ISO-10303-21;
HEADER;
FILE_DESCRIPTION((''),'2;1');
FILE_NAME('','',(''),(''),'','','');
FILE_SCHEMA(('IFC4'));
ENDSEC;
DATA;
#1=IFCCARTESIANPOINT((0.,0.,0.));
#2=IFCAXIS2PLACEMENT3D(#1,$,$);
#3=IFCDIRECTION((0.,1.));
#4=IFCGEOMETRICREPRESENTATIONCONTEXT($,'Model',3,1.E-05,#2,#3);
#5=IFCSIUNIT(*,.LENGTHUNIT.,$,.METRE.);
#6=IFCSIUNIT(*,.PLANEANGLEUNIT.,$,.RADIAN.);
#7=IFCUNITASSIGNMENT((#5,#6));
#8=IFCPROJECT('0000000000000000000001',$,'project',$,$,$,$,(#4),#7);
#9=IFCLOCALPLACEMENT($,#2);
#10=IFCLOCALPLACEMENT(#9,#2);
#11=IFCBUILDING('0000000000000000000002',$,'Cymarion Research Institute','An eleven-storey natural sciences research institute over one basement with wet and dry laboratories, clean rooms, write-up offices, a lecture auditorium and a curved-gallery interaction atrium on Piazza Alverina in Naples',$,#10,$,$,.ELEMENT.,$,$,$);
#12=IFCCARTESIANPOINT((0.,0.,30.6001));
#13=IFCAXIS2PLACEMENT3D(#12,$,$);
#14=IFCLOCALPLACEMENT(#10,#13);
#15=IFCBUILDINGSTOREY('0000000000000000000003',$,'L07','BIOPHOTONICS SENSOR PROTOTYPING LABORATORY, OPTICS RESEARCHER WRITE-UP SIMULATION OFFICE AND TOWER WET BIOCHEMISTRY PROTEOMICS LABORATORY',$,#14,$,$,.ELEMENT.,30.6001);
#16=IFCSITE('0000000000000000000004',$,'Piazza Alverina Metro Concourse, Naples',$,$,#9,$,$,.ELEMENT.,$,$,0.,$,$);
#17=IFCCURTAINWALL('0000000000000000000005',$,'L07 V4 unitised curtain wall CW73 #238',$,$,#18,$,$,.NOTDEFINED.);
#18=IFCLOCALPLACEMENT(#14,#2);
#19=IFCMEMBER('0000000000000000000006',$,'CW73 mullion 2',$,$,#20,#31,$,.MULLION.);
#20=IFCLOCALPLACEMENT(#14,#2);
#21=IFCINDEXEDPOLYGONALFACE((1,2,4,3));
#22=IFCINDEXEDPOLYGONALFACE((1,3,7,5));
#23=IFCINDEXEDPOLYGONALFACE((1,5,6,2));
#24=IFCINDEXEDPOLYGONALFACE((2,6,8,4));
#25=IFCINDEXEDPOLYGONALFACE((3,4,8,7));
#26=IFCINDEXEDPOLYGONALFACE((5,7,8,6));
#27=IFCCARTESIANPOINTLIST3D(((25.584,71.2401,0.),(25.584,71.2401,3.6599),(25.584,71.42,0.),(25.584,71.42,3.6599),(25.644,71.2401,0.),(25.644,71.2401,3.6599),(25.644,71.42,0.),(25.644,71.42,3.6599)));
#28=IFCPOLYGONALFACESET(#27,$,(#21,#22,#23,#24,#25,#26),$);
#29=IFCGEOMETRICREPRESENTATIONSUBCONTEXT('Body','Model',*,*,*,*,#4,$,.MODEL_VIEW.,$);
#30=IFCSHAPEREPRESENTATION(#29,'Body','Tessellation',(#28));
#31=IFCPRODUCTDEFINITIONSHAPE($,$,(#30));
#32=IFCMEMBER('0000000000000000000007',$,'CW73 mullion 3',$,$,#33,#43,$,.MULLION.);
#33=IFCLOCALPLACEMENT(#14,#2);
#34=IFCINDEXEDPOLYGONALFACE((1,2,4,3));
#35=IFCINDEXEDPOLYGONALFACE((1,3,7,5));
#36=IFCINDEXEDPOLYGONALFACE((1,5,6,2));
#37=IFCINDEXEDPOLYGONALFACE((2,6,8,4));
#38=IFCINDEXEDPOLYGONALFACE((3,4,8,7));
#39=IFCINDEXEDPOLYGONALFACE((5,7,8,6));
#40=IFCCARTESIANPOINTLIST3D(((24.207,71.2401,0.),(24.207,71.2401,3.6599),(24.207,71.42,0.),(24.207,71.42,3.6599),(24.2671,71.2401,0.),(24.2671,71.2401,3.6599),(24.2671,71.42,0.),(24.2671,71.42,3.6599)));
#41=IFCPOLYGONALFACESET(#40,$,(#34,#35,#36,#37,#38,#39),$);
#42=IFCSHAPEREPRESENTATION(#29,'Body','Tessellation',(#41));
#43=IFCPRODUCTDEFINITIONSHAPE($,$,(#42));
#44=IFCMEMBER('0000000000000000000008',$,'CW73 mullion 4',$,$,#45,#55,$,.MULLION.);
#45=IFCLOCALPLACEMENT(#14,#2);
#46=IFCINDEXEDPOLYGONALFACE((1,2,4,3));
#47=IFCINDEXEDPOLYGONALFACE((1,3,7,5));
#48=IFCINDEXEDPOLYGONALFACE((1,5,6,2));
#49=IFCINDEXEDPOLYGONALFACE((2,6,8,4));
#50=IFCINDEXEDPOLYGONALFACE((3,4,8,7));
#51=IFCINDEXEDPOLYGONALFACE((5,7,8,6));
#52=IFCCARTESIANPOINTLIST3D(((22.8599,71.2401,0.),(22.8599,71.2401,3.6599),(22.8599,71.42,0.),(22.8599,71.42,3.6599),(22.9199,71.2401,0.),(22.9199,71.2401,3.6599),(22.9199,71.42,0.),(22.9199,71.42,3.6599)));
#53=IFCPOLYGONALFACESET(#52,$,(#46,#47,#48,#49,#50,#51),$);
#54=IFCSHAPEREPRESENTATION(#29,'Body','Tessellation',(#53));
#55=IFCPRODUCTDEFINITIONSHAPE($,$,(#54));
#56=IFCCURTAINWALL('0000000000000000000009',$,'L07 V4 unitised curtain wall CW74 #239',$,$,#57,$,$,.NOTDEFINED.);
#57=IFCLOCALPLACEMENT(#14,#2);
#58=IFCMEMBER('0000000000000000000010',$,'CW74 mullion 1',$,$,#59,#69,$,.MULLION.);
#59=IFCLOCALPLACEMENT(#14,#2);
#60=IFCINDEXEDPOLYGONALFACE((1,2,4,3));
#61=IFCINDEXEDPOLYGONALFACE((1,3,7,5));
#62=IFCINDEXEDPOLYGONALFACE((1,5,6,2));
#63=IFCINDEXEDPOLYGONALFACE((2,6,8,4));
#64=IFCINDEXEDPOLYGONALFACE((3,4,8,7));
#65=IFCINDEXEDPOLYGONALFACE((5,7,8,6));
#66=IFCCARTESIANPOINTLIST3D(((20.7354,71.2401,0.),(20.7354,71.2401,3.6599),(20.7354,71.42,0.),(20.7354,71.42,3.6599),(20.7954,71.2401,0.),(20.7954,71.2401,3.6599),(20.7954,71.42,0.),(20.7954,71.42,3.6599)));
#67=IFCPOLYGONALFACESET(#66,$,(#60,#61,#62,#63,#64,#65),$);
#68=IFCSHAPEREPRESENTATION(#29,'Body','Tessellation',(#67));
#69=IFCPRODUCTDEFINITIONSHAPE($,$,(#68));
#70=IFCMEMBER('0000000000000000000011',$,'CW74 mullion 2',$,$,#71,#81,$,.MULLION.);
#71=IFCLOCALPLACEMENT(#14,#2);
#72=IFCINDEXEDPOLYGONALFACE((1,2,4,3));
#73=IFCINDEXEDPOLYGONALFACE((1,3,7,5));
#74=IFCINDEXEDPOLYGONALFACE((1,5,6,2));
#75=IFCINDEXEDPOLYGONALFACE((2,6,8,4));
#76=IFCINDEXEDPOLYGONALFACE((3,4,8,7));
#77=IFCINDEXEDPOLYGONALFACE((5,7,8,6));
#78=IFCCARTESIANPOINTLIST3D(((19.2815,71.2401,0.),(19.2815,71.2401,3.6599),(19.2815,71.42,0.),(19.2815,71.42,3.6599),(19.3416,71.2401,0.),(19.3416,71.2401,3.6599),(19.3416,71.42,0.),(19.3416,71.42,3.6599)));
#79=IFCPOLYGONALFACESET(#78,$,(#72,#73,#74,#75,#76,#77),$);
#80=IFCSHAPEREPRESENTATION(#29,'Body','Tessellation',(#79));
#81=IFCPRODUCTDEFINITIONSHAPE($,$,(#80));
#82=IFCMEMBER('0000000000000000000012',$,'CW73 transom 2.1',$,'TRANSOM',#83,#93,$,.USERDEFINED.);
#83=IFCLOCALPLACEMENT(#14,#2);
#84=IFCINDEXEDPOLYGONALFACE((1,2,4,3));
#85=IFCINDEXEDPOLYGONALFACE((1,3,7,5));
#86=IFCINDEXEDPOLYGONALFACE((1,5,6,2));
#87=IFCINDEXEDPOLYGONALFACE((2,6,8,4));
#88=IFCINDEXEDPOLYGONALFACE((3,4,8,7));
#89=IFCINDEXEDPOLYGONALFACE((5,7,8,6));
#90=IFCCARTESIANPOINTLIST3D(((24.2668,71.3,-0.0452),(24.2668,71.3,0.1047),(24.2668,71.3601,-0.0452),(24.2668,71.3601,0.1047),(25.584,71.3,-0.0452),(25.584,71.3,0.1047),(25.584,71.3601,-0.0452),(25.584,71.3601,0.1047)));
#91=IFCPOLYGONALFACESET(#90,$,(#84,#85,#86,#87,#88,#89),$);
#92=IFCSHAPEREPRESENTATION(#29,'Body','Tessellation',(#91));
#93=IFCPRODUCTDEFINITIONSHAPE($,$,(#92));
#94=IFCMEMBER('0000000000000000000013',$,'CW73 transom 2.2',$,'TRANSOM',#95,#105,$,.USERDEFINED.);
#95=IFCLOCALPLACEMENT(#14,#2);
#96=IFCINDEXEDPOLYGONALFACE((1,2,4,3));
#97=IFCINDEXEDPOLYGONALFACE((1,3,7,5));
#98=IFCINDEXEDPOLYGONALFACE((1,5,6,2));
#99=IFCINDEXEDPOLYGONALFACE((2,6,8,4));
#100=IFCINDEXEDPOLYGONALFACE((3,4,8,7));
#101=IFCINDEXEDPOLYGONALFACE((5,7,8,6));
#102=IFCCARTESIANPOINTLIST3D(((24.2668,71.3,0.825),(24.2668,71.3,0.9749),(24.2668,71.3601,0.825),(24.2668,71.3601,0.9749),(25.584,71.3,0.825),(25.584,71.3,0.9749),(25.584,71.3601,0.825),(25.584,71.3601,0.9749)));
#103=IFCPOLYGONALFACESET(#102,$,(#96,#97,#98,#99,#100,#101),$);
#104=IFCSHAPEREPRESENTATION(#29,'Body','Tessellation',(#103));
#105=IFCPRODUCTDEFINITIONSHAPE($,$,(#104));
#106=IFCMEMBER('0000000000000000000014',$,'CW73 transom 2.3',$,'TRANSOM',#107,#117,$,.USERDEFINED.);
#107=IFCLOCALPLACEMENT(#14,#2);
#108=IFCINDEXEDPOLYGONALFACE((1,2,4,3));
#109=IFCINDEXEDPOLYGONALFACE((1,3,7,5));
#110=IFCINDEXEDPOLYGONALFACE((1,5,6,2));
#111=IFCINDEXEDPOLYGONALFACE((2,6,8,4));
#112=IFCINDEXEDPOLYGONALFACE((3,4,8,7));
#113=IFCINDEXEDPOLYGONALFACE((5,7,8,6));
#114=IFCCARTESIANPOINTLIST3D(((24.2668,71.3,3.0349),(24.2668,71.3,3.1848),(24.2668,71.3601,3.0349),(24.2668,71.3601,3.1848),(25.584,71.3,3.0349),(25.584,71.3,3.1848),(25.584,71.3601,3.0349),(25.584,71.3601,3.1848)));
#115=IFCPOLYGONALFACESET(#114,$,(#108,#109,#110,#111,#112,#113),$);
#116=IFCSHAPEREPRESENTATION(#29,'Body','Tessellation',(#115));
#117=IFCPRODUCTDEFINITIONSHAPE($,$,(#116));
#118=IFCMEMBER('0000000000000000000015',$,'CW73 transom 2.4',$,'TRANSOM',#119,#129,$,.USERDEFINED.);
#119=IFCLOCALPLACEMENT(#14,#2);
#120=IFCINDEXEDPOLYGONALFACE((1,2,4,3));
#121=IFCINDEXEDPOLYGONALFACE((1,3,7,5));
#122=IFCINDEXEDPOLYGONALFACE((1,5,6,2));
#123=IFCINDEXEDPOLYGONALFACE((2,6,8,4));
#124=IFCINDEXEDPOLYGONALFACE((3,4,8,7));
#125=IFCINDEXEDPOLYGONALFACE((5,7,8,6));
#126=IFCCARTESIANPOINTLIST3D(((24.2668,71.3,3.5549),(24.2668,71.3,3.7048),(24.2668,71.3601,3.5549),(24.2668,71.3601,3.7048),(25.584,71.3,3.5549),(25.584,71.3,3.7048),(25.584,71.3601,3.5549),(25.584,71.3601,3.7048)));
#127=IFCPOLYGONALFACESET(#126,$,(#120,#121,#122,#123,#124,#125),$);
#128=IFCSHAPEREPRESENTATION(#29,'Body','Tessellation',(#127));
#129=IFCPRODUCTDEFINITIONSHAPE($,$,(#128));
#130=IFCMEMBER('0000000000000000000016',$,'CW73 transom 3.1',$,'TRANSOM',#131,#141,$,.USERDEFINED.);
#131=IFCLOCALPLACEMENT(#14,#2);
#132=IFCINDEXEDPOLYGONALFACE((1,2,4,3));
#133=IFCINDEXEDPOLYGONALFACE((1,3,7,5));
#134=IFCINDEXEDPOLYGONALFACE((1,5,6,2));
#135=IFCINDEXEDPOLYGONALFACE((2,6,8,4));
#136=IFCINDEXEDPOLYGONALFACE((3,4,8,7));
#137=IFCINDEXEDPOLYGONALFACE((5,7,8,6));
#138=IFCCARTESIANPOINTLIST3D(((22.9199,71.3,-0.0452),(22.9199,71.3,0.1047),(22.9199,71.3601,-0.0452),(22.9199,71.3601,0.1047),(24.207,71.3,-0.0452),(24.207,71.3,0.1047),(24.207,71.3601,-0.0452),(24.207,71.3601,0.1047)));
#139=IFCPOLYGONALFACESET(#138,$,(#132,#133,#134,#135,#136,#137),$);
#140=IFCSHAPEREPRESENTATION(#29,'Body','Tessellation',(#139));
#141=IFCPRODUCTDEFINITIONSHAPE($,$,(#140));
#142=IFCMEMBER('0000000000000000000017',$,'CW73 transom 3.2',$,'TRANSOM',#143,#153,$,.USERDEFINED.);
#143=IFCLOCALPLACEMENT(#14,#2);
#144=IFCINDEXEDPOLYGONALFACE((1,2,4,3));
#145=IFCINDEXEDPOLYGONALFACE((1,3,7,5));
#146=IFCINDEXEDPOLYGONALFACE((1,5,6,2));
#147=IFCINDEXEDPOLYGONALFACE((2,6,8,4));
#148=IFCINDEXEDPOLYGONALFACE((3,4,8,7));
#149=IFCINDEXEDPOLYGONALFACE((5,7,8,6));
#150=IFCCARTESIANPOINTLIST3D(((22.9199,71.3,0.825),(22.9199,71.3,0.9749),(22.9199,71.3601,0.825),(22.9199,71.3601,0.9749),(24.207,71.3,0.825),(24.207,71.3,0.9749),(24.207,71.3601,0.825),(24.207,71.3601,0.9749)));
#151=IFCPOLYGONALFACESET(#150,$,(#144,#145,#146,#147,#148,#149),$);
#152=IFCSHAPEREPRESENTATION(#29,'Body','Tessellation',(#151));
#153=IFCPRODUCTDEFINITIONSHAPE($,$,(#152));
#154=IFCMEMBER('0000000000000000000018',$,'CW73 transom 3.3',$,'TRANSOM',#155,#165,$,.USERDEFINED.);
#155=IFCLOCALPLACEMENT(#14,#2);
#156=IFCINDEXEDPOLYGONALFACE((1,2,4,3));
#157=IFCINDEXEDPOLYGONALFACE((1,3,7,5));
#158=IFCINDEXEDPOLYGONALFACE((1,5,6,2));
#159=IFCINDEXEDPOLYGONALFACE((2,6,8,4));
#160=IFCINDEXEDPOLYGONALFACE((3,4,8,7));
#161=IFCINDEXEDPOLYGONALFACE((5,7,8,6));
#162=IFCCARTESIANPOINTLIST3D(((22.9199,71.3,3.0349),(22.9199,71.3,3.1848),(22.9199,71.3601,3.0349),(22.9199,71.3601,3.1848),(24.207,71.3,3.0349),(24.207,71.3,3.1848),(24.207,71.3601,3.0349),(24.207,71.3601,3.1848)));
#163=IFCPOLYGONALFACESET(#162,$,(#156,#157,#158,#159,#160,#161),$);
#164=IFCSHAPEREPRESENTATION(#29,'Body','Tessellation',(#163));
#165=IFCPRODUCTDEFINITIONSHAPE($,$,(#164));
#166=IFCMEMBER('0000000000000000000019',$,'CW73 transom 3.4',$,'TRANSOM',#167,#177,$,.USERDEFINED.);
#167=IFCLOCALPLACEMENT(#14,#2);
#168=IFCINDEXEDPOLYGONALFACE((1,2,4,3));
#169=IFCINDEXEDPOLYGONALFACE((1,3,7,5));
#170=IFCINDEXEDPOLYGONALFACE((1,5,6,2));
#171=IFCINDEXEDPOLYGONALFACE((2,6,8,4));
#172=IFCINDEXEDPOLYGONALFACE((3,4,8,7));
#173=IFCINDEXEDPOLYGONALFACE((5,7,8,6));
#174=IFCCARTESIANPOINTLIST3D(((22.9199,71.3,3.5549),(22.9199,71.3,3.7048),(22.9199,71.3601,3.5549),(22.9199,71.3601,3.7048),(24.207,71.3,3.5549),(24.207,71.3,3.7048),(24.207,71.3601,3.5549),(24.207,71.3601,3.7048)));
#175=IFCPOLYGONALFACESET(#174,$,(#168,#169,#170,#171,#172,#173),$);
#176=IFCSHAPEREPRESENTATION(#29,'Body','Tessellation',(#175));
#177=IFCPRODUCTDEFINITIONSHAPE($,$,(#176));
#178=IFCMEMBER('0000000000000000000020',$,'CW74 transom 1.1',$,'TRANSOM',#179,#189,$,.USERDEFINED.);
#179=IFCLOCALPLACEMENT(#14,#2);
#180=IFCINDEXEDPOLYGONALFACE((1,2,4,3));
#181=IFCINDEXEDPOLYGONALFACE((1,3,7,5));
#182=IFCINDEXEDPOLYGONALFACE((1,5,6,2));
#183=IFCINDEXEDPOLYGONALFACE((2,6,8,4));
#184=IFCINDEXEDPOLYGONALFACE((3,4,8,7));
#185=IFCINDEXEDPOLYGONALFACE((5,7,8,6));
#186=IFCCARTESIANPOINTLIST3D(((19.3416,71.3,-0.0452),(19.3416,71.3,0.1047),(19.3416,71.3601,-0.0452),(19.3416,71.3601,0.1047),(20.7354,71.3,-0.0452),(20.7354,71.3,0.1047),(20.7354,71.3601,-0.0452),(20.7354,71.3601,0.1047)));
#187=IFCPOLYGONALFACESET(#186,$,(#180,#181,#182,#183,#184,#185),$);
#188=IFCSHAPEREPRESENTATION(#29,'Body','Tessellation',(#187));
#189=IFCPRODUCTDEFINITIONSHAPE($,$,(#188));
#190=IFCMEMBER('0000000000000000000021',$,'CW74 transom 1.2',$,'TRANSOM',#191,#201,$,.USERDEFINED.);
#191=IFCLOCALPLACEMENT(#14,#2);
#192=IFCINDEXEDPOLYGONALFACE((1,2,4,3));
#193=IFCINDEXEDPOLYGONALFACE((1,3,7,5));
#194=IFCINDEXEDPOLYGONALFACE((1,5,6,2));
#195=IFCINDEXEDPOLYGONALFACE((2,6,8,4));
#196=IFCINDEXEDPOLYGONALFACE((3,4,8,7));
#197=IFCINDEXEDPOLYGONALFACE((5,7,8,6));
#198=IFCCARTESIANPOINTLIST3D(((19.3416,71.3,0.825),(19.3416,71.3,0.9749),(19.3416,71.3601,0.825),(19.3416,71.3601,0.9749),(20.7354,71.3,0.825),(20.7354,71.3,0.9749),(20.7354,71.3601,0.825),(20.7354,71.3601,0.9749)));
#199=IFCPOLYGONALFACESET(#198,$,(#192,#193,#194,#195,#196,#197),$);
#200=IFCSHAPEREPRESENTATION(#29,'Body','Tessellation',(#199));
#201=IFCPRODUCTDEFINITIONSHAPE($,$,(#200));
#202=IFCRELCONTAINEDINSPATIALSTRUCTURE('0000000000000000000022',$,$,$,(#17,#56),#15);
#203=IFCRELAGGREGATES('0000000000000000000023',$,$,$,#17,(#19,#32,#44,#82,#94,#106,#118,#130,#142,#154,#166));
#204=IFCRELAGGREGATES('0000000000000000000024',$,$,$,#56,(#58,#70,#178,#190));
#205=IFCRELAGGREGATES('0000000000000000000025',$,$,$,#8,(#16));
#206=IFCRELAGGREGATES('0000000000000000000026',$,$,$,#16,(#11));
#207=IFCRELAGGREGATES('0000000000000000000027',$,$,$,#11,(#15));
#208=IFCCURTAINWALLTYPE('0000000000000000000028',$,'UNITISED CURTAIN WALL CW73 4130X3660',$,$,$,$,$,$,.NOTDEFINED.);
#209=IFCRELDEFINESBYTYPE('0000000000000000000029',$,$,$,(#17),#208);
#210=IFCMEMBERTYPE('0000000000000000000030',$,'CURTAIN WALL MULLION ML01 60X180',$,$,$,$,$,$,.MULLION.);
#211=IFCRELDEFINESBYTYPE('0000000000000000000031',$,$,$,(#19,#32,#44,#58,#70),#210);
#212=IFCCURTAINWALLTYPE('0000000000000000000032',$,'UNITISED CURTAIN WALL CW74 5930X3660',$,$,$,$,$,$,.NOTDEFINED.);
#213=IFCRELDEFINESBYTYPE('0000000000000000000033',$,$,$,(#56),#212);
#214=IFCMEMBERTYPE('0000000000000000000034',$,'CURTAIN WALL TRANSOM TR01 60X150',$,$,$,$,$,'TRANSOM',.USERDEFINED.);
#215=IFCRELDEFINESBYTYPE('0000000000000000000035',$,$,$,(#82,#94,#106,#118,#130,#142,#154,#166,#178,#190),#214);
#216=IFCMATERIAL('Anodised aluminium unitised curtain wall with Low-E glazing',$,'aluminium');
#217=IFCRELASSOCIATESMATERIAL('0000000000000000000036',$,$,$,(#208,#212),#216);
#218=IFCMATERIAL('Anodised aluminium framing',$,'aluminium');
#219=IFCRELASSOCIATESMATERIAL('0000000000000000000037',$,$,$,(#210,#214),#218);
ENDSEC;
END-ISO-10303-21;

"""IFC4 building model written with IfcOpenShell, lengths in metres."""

from ifc_helpers import new_model, si_unit, direction, frame, origin, origin_2d, place, context, subcontext, project, spatial, rectangle, extrude, material, material_profile, profile_set, type_object, element, aggregate, save


model = new_model("IFC4")

# Units and contexts
model_context = context("Model", 3, precision=1e-05, world=origin(), true_north=direction((0.0, 1.0)))
body_context = subcontext(model_context, "Body", "Model", "MODEL_VIEW")
ifc_project = project(units=[si_unit("LENGTHUNIT", "METRE"), si_unit("PLANEANGLEUNIT", "RADIAN")], contexts=[model_context])

# Site, building, storey
site_placement = place(None, origin())
site = spatial("IfcSite", under=ifc_project, at=site_placement, Name="Piazza Alverina Metro Concourse, Naples", CompositionType="ELEMENT", RefElevation=0.0)
building_placement = place(site_placement, origin())
building = spatial("IfcBuilding", under=site, at=building_placement, Name="Cymarion Research Institute", Description="An eleven-storey natural sciences research institute over one basement with wet and dry laboratories, clean rooms, write-up offices, a lecture auditorium and a curved-gallery interaction atrium on Piazza Alverina in Naples", CompositionType="ELEMENT")
storey_placement = place(building_placement, frame((0.0, 0.0, 30.6001)))
storey = spatial("IfcBuildingStorey", under=building, at=storey_placement, Name="L07", Description="BIOPHOTONICS SENSOR PROTOTYPING LABORATORY, OPTICS RESEARCHER WRITE-UP SIMULATION OFFICE AND TOWER WET BIOCHEMISTRY PROTEOMICS LABORATORY", CompositionType="ELEMENT", Elevation=30.6001)

# Curtain walls, members
ifc_material_1 = material(Name="Anodised aluminium unitised curtain wall with Low-E glazing", Category="aluminium")
curtain_wall_type_1 = type_object("IfcCurtainWallType", Name="UNITISED CURTAIN WALL CW73 4130X3660", PredefinedType="NOTDEFINED", material=ifc_material_1)
curtain_wall_1_placement = place(storey_placement, origin())
curtain_wall_1 = element("IfcCurtainWall", 1, at=curtain_wall_1_placement, inside=storey, type_object=curtain_wall_type_1, Name="L07 V4 unitised curtain wall CW73 #238", PredefinedType="NOTDEFINED")
ifc_material_2 = material(Name="Anodised aluminium framing", Category="aluminium")
ifc_material_profile_1 = material_profile(ifc_material_2, rectangle(XDim=0.0601, YDim=0.1799, at=origin_2d()), Name="ALU MULLION 60x180")
ifc_profile_set_1 = profile_set([ifc_material_profile_1], Name="Anodised aluminium framing")
member_type_1 = type_object("IfcMemberType", Name="CURTAIN WALL MULLION ML01 60X180", PredefinedType="MULLION", material=ifc_profile_set_1)
member_1_placement = place(storey_placement, frame((25.614, 71.3301, 0.0), z_axis=(0.0, 0.0, 1.0), x_axis=(-1.0, 0.0, 0.0)))
member_1 = element("IfcMember", 2, at=member_1_placement, type_object=member_type_1, Name="CW73 mullion 2", PredefinedType="MULLION", context=body_context, shape_type="SweptSolid", body=[
    extrude(rectangle(XDim=0.0601, YDim=0.1799, at=origin_2d()), origin(), (0.0, 0.0, 1.0), 3.6599),
])
member_2_placement = place(storey_placement, frame((24.2371, 71.3301, 0.0), z_axis=(0.0, 0.0, 1.0), x_axis=(-1.0, 0.0, 0.0)))
member_2 = element("IfcMember", 3, at=member_2_placement, type_object=member_type_1, Name="CW73 mullion 3", PredefinedType="MULLION", context=body_context, shape_type="SweptSolid", body=[
    extrude(rectangle(XDim=0.0601, YDim=0.1799, at=origin_2d()), origin(), (0.0, 0.0, 1.0), 3.6599),
])
member_3_placement = place(storey_placement, frame((22.8899, 71.3301, 0.0), z_axis=(0.0, 0.0, 1.0), x_axis=(-1.0, 0.0, 0.0)))
member_3 = element("IfcMember", 4, at=member_3_placement, type_object=member_type_1, Name="CW73 mullion 4", PredefinedType="MULLION", context=body_context, shape_type="SweptSolid", body=[
    extrude(rectangle(XDim=0.0601, YDim=0.1799, at=origin_2d()), origin(), (0.0, 0.0, 1.0), 3.6599),
])
curtain_wall_type_2 = type_object("IfcCurtainWallType", Name="UNITISED CURTAIN WALL CW74 5930X3660", PredefinedType="NOTDEFINED", material=ifc_material_1)
curtain_wall_2_placement = place(storey_placement, origin())
curtain_wall_2 = element("IfcCurtainWall", 5, at=curtain_wall_2_placement, inside=storey, type_object=curtain_wall_type_2, Name="L07 V4 unitised curtain wall CW74 #239", PredefinedType="NOTDEFINED")
member_4_placement = place(storey_placement, frame((20.7654, 71.3301, 0.0), z_axis=(0.0, 0.0, 1.0), x_axis=(-1.0, 0.0, 0.0)))
member_4 = element("IfcMember", 6, at=member_4_placement, type_object=member_type_1, Name="CW74 mullion 1", PredefinedType="MULLION", context=body_context, shape_type="SweptSolid", body=[
    extrude(rectangle(XDim=0.0601, YDim=0.1799, at=origin_2d()), origin(), (0.0, 0.0, 1.0), 3.6599),
])
member_5_placement = place(storey_placement, frame((19.3115, 71.3301, 0.0), z_axis=(0.0, 0.0, 1.0), x_axis=(-1.0, 0.0, 0.0)))
member_5 = element("IfcMember", 7, at=member_5_placement, type_object=member_type_1, Name="CW74 mullion 2", PredefinedType="MULLION", context=body_context, shape_type="SweptSolid", body=[
    extrude(rectangle(XDim=0.0601, YDim=0.1799, at=origin_2d()), origin(), (0.0, 0.0, 1.0), 3.6599),
])

# Members
ifc_material_profile_2 = material_profile(ifc_material_2, rectangle(XDim=0.0601, YDim=0.1499, at=origin_2d()), Name="ALU TRANSOM 60x150")
ifc_profile_set_2 = profile_set([ifc_material_profile_2], Name="Anodised aluminium framing")
member_type_2 = type_object("IfcMemberType", Name="CURTAIN WALL TRANSOM TR01 60X150", ElementType="TRANSOM", PredefinedType="USERDEFINED", material=ifc_profile_set_2)
member_6_placement = place(storey_placement, frame((25.584, 71.3301, 0.0298), z_axis=(-1.0, 0.0, 0.0), x_axis=(0.0, -1.0, 0.0)))
member_6 = element("IfcMember", 8, at=member_6_placement, type_object=member_type_2, Name="CW73 transom 2.1", ObjectType="TRANSOM", PredefinedType="USERDEFINED", context=body_context, shape_type="SweptSolid", body=[
    extrude(rectangle(XDim=0.0601, YDim=0.1499, at=origin_2d()), origin(), (0.0, 0.0, 1.0), 1.3171),
])
member_7_placement = place(storey_placement, frame((25.584, 71.3301, 0.8999), z_axis=(-1.0, 0.0, 0.0), x_axis=(0.0, -1.0, 0.0)))
member_7 = element("IfcMember", 9, at=member_7_placement, type_object=member_type_2, Name="CW73 transom 2.2", ObjectType="TRANSOM", PredefinedType="USERDEFINED", context=body_context, shape_type="SweptSolid", body=[
    extrude(rectangle(XDim=0.0601, YDim=0.1499, at=origin_2d()), origin(), (0.0, 0.0, 1.0), 1.3171),
])
member_8_placement = place(storey_placement, frame((25.584, 71.3301, 3.1099), z_axis=(-1.0, 0.0, 0.0), x_axis=(0.0, -1.0, 0.0)))
member_8 = element("IfcMember", 10, at=member_8_placement, type_object=member_type_2, Name="CW73 transom 2.3", ObjectType="TRANSOM", PredefinedType="USERDEFINED", context=body_context, shape_type="SweptSolid", body=[
    extrude(rectangle(XDim=0.0601, YDim=0.1499, at=origin_2d()), origin(), (0.0, 0.0, 1.0), 1.3171),
])
member_9_placement = place(storey_placement, frame((25.584, 71.3301, 3.6299), z_axis=(-1.0, 0.0, 0.0), x_axis=(0.0, -1.0, 0.0)))
member_9 = element("IfcMember", 11, at=member_9_placement, type_object=member_type_2, Name="CW73 transom 2.4", ObjectType="TRANSOM", PredefinedType="USERDEFINED", context=body_context, shape_type="SweptSolid", body=[
    extrude(rectangle(XDim=0.0601, YDim=0.1499, at=origin_2d()), origin(), (0.0, 0.0, 1.0), 1.3171),
])
member_10_placement = place(storey_placement, frame((24.207, 71.3301, 0.0298), z_axis=(-1.0, 0.0, 0.0), x_axis=(0.0, -1.0, 0.0)))
member_10 = element("IfcMember", 12, at=member_10_placement, type_object=member_type_2, Name="CW73 transom 3.1", ObjectType="TRANSOM", PredefinedType="USERDEFINED", context=body_context, shape_type="SweptSolid", body=[
    extrude(rectangle(XDim=0.0601, YDim=0.1499, at=origin_2d()), origin(), (0.0, 0.0, 1.0), 1.2871),
])
member_11_placement = place(storey_placement, frame((24.207, 71.3301, 0.8999), z_axis=(-1.0, 0.0, 0.0), x_axis=(0.0, -1.0, 0.0)))
member_11 = element("IfcMember", 13, at=member_11_placement, type_object=member_type_2, Name="CW73 transom 3.2", ObjectType="TRANSOM", PredefinedType="USERDEFINED", context=body_context, shape_type="SweptSolid", body=[
    extrude(rectangle(XDim=0.0601, YDim=0.1499, at=origin_2d()), origin(), (0.0, 0.0, 1.0), 1.2871),
])
member_12_placement = place(storey_placement, frame((24.207, 71.3301, 3.1099), z_axis=(-1.0, 0.0, 0.0), x_axis=(0.0, -1.0, 0.0)))
member_12 = element("IfcMember", 14, at=member_12_placement, type_object=member_type_2, Name="CW73 transom 3.3", ObjectType="TRANSOM", PredefinedType="USERDEFINED", context=body_context, shape_type="SweptSolid", body=[
    extrude(rectangle(XDim=0.0601, YDim=0.1499, at=origin_2d()), origin(), (0.0, 0.0, 1.0), 1.2871),
])
member_13_placement = place(storey_placement, frame((24.207, 71.3301, 3.6299), z_axis=(-1.0, 0.0, 0.0), x_axis=(0.0, -1.0, 0.0)))
member_13 = element("IfcMember", 15, at=member_13_placement, type_object=member_type_2, Name="CW73 transom 3.4", ObjectType="TRANSOM", PredefinedType="USERDEFINED", context=body_context, shape_type="SweptSolid", body=[
    extrude(rectangle(XDim=0.0601, YDim=0.1499, at=origin_2d()), origin(), (0.0, 0.0, 1.0), 1.2871),
])
member_14_placement = place(storey_placement, frame((20.7354, 71.3301, 0.0298), z_axis=(-1.0, 0.0, 0.0), x_axis=(0.0, -1.0, 0.0)))
member_14 = element("IfcMember", 16, at=member_14_placement, type_object=member_type_2, Name="CW74 transom 1.1", ObjectType="TRANSOM", PredefinedType="USERDEFINED", context=body_context, shape_type="SweptSolid", body=[
    extrude(rectangle(XDim=0.0601, YDim=0.1499, at=origin_2d()), origin(), (0.0, 0.0, 1.0), 1.3938),
])
member_15_placement = place(storey_placement, frame((20.7354, 71.3301, 0.8999), z_axis=(-1.0, 0.0, 0.0), x_axis=(0.0, -1.0, 0.0)))
member_15 = element("IfcMember", 17, at=member_15_placement, type_object=member_type_2, Name="CW74 transom 1.2", ObjectType="TRANSOM", PredefinedType="USERDEFINED", context=body_context, shape_type="SweptSolid", body=[
    extrude(rectangle(XDim=0.0601, YDim=0.1499, at=origin_2d()), origin(), (0.0, 0.0, 1.0), 1.3938),
])

aggregate(curtain_wall_1, [member_1, member_2, member_3, member_6, member_7, member_8, member_9, member_10, member_11, member_12, member_13])
aggregate(curtain_wall_2, [member_4, member_5, member_14, member_15])

save(model, "model.ifc")
